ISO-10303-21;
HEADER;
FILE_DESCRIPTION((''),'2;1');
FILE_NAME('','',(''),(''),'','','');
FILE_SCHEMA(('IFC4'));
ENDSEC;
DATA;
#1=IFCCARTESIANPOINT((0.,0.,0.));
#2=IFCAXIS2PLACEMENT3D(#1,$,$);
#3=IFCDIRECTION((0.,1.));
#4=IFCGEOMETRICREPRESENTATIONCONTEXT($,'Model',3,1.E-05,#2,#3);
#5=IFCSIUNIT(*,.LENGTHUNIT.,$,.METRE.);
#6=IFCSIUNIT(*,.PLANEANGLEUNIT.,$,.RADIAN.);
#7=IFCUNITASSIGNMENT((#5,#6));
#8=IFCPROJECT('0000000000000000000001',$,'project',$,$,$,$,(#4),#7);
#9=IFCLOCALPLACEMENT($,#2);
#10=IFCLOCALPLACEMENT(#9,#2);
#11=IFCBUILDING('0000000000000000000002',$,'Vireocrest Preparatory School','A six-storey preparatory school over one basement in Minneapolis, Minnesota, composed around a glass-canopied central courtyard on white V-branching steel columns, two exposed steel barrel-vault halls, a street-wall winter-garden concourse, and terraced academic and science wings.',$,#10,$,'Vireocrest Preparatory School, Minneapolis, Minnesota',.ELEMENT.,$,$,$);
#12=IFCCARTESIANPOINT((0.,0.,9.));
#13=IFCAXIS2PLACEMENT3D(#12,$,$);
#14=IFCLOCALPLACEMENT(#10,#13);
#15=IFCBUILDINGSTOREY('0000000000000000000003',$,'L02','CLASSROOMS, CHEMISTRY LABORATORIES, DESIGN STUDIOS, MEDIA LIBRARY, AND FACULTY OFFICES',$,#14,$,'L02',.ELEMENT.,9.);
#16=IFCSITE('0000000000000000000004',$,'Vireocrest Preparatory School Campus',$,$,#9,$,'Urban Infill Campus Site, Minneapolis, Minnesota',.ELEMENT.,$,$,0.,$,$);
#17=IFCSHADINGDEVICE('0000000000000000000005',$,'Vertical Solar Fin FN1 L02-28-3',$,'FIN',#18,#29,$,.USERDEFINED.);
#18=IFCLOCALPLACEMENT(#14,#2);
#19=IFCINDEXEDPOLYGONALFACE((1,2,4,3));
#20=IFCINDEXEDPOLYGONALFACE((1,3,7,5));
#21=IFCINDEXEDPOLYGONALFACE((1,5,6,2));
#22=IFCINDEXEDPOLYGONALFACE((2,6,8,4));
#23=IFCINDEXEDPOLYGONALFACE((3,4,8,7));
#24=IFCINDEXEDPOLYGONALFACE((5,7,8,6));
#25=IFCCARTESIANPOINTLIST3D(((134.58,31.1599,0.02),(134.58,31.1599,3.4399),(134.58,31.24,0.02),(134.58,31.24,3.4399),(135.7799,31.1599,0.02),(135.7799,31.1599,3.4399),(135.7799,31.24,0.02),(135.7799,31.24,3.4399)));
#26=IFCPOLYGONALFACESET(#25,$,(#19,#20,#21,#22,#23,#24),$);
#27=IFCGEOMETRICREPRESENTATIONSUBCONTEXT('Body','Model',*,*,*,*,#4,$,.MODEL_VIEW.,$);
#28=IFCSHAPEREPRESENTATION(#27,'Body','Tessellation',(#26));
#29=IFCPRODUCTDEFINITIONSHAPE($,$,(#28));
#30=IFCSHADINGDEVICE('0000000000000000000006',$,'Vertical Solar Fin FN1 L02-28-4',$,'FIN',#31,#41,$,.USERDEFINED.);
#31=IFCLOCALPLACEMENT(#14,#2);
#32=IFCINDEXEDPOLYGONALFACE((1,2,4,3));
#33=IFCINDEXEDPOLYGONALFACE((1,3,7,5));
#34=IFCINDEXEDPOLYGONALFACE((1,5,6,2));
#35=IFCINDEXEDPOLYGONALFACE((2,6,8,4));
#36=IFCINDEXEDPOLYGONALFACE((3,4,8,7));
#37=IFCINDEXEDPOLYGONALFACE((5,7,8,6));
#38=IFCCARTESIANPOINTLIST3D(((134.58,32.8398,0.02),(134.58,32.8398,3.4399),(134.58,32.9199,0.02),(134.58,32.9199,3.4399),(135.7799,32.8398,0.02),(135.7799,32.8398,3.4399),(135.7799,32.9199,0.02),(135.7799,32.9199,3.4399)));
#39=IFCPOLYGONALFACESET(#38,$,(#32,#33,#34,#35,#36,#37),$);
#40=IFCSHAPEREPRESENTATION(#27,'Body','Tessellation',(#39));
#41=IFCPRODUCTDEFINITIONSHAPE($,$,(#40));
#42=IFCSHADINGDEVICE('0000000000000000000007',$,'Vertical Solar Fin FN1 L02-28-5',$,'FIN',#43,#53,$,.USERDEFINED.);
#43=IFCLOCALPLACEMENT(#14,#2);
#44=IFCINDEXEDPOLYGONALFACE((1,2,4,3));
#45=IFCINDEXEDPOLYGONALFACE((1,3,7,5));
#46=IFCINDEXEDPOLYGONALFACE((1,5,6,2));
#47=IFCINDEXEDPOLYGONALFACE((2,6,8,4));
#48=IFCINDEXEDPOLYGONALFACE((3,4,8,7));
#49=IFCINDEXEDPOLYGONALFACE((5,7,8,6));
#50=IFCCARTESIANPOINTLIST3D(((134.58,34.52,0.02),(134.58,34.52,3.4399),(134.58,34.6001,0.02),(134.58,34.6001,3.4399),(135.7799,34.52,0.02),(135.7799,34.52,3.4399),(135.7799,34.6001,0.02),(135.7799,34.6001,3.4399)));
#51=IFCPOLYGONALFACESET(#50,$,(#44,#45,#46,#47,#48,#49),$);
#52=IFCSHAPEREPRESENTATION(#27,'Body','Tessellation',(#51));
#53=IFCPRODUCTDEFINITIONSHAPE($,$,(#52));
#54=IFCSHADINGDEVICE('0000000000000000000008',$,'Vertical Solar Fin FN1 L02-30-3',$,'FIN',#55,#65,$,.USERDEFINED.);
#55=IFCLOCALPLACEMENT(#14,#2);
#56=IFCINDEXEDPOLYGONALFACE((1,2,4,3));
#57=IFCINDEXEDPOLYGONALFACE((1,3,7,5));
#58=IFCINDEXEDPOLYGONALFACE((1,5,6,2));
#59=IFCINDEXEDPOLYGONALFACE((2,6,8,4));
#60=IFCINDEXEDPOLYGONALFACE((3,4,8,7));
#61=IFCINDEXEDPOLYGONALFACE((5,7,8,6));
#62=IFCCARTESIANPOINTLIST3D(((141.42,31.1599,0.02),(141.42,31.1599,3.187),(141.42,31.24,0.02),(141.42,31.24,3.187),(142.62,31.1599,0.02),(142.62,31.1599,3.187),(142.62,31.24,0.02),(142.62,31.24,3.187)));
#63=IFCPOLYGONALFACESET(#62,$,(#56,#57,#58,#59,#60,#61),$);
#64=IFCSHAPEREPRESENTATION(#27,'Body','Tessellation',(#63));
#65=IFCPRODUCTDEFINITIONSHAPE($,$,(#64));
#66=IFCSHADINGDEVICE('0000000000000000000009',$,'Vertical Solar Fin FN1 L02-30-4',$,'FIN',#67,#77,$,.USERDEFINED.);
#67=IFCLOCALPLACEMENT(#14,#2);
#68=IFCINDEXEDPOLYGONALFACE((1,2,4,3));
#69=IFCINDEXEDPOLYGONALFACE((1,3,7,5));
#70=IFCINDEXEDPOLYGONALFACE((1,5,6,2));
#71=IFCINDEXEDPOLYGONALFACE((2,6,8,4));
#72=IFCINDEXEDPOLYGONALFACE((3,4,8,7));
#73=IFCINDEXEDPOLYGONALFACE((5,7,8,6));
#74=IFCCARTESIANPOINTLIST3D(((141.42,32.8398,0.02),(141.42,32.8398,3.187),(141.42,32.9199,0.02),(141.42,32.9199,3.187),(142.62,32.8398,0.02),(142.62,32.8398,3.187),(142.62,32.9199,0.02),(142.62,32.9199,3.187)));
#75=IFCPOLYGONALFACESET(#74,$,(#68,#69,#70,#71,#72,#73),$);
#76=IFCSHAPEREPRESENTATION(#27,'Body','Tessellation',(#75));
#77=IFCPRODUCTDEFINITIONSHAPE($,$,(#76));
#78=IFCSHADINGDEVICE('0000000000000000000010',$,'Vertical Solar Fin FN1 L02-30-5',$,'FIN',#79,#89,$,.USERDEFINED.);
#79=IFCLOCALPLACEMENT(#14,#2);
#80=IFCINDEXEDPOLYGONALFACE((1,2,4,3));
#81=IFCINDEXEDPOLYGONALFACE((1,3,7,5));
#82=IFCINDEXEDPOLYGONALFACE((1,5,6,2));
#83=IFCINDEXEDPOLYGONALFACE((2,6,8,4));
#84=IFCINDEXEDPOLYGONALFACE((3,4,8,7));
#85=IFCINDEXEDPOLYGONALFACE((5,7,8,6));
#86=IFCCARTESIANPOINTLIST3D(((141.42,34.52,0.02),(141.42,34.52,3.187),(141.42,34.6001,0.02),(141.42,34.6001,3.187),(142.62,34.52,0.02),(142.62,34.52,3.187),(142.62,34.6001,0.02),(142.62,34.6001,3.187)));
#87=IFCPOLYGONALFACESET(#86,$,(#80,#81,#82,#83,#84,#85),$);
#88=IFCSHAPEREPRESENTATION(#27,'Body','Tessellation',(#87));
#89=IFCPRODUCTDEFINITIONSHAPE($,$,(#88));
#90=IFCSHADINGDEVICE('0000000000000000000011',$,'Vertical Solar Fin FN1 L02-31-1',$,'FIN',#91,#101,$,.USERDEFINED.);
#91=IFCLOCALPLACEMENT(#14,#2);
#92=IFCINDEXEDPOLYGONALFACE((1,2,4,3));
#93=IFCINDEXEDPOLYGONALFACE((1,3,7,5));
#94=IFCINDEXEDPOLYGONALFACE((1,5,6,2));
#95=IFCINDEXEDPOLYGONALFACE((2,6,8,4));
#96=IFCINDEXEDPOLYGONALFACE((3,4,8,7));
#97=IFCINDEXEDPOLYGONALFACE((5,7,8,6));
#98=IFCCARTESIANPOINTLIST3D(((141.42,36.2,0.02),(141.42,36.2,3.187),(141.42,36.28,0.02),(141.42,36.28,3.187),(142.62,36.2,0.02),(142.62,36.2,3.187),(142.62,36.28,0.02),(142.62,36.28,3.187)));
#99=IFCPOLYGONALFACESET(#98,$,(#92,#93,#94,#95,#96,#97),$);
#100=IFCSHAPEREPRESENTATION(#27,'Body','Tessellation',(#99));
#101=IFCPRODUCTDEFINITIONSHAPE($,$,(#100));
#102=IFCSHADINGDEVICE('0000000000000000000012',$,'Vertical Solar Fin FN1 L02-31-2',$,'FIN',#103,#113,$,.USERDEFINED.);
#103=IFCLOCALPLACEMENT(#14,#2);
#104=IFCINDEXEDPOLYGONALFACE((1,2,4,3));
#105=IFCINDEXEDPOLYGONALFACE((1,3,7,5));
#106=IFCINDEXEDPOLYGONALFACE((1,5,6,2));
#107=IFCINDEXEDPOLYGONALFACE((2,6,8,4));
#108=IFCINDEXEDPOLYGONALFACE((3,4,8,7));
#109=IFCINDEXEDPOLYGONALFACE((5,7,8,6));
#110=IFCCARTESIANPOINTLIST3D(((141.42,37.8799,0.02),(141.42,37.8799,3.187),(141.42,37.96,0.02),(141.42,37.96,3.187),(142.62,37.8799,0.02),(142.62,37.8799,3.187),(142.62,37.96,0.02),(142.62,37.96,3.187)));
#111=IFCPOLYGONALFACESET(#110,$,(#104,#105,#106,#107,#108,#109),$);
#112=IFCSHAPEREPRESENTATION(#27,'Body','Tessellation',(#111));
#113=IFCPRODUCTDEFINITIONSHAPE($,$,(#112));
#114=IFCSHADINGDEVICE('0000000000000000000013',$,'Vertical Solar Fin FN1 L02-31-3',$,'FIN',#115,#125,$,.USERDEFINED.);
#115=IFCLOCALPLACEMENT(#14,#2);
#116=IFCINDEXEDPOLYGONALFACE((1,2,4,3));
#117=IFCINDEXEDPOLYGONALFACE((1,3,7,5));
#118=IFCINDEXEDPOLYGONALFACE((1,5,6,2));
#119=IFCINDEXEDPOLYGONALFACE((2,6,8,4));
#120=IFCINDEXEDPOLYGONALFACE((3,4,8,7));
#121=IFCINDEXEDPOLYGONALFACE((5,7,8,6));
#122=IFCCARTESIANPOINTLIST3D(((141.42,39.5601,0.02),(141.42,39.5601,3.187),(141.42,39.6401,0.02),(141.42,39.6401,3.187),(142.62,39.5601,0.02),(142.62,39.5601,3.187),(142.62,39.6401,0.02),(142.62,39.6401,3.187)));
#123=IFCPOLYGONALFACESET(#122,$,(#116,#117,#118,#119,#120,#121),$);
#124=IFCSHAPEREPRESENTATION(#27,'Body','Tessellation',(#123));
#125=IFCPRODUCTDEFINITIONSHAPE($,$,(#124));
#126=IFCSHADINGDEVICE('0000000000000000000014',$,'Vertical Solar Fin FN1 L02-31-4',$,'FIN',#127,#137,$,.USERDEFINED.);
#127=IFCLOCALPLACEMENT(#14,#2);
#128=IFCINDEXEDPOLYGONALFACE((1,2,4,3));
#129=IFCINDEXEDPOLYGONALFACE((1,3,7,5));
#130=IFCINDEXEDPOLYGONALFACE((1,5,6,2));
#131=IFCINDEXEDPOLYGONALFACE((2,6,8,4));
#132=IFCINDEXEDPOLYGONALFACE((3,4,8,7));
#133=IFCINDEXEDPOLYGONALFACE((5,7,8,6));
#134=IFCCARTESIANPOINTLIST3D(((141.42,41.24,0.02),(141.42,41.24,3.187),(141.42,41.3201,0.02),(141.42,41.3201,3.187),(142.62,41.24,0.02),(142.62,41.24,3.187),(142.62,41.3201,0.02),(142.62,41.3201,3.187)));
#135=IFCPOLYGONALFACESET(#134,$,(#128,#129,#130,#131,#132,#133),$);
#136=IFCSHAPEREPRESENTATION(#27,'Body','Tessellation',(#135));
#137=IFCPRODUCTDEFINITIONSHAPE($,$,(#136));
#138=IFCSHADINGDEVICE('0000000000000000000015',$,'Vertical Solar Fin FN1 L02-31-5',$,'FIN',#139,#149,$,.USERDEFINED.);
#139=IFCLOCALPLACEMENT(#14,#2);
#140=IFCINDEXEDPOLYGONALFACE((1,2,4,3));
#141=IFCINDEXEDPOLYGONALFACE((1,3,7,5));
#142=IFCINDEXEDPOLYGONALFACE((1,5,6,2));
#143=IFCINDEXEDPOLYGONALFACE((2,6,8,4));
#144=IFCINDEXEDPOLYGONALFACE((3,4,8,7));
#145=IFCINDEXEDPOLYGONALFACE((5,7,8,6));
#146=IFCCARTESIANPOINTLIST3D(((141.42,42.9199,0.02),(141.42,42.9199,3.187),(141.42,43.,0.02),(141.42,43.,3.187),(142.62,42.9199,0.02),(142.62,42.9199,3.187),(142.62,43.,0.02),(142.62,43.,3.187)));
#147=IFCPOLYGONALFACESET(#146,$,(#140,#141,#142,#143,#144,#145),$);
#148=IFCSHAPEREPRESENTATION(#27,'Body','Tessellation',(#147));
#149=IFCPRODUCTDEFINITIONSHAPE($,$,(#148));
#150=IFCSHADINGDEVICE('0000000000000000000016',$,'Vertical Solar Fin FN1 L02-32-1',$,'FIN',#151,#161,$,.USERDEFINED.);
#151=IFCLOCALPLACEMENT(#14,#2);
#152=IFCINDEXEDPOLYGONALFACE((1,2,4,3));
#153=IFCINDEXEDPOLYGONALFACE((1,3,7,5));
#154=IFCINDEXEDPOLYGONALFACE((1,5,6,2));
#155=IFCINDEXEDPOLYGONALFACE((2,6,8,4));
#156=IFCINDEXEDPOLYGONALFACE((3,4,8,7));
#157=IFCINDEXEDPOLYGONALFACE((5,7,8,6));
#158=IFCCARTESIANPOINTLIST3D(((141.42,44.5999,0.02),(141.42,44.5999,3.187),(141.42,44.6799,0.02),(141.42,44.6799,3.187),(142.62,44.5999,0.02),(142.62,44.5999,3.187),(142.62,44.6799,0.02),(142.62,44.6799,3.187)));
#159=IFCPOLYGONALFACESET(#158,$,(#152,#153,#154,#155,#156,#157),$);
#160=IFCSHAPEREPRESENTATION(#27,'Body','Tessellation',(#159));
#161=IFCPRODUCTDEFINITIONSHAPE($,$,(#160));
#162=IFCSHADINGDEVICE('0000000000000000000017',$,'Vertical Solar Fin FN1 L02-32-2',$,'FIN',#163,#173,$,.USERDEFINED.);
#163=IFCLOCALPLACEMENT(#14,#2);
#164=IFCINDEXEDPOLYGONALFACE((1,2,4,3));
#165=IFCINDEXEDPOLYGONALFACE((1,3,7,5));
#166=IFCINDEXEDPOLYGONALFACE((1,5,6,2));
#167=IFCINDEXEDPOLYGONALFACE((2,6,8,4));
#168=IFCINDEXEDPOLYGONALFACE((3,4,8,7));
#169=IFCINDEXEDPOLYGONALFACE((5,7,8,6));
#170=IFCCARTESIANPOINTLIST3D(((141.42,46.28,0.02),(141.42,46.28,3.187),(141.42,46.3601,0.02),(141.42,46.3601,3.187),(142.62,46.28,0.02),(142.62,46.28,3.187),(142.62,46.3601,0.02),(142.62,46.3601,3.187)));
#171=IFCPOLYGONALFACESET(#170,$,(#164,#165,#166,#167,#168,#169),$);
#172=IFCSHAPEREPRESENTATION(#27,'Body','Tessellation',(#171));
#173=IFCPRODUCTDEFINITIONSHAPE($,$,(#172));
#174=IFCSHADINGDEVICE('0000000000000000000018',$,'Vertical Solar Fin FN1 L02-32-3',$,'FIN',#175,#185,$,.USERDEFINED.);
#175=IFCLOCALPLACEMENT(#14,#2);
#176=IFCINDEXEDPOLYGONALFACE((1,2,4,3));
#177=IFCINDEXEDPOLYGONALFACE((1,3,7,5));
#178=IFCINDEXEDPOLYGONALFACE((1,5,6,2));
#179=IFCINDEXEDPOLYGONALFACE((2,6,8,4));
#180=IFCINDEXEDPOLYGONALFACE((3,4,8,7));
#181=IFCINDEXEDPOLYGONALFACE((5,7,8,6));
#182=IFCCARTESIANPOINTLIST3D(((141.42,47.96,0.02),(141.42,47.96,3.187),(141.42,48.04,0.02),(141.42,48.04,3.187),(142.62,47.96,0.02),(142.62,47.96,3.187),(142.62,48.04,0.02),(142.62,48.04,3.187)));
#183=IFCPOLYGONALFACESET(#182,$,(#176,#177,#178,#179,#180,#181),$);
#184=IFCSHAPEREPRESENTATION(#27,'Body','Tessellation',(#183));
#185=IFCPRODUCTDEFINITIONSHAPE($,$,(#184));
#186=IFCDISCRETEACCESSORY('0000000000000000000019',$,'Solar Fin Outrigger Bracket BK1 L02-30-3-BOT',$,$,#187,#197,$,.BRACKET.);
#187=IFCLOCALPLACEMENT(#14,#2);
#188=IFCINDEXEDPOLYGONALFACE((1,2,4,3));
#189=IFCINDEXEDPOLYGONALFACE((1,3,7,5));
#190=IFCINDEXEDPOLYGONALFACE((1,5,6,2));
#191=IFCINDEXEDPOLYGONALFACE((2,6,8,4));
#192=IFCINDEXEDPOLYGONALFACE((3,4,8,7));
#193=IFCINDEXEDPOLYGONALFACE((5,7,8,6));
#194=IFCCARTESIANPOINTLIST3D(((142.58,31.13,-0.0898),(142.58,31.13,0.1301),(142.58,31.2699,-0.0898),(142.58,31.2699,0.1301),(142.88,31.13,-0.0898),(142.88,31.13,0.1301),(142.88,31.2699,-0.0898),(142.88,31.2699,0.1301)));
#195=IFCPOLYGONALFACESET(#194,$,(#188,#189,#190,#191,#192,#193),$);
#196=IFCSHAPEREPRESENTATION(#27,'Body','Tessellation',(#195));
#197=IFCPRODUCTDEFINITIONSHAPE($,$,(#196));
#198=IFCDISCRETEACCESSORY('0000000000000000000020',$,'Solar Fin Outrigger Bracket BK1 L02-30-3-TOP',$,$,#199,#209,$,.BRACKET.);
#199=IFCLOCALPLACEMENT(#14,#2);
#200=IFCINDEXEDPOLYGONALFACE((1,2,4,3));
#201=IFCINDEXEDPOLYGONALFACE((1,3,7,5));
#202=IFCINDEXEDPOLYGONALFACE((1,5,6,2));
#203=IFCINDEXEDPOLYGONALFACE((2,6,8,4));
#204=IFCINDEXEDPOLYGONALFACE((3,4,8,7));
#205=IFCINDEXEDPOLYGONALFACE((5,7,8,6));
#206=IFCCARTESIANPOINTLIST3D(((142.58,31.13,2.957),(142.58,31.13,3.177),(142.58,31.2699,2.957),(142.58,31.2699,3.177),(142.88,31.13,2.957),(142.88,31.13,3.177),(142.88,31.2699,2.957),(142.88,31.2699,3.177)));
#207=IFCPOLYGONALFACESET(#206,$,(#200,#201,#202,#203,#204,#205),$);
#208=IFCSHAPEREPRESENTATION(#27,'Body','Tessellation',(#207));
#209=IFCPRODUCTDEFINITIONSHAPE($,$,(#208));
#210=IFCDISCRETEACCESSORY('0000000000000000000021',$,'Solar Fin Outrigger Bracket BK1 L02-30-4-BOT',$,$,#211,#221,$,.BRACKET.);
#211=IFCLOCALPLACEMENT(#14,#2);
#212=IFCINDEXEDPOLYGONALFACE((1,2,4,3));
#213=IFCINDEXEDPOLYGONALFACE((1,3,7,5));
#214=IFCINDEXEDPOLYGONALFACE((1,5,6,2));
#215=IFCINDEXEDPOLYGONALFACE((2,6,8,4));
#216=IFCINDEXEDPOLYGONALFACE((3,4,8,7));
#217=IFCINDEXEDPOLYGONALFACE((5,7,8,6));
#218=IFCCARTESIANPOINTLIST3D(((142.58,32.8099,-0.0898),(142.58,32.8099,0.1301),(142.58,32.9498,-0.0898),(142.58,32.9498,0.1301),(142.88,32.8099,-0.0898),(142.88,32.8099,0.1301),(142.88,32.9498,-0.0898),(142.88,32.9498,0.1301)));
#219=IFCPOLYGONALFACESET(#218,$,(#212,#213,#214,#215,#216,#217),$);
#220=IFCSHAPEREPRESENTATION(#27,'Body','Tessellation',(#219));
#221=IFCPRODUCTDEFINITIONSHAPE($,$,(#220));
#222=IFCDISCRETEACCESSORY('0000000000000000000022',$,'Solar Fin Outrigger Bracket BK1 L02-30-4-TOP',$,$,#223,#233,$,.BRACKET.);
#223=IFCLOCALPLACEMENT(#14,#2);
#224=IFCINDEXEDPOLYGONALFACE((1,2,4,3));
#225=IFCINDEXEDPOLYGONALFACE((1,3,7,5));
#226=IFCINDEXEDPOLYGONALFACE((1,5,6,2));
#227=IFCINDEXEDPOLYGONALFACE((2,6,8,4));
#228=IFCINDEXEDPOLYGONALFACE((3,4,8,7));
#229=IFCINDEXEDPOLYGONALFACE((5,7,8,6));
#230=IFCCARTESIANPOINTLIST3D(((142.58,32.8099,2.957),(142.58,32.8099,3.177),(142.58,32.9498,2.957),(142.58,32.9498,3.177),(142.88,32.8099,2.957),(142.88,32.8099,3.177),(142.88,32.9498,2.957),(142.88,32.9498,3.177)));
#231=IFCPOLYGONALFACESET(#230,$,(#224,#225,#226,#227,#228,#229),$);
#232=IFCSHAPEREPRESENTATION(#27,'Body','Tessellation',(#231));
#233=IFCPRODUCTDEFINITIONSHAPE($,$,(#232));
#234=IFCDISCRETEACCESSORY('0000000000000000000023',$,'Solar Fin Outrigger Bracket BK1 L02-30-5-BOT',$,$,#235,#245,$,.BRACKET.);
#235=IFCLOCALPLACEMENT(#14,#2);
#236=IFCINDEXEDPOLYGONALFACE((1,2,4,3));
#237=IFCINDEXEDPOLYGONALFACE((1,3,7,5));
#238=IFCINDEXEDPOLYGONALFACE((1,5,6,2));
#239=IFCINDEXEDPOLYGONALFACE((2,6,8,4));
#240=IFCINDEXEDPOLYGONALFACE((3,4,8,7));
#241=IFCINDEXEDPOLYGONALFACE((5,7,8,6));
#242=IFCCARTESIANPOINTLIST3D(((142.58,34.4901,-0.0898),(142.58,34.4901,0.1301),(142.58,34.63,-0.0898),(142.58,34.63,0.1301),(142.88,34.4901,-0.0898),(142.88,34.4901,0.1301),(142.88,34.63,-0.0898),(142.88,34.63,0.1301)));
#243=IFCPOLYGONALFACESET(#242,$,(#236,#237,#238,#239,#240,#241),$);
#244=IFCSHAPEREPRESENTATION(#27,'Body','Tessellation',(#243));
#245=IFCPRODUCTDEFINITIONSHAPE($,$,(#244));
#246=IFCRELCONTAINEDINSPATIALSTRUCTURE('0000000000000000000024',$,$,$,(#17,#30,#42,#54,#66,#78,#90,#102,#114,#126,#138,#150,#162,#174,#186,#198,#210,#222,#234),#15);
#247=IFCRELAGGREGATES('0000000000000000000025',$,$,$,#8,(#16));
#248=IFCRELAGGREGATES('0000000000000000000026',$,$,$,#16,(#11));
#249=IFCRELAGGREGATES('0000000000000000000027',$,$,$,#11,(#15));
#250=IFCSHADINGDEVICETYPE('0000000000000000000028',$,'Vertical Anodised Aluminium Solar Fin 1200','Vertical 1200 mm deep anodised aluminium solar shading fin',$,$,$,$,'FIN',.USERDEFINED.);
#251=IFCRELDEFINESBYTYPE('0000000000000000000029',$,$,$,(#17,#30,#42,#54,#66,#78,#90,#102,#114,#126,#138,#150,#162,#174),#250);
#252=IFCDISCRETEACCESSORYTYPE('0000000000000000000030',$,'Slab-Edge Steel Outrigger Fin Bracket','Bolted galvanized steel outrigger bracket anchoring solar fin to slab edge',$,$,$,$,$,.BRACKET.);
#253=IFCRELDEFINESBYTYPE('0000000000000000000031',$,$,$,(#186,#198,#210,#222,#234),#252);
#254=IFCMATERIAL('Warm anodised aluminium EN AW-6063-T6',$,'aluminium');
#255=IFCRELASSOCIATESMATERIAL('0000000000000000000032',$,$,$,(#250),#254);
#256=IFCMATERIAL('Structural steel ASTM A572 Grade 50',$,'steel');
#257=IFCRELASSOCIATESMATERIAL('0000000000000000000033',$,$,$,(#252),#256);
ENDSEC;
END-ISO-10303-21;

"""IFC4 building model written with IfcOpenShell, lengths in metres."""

from ifc_helpers import new_model, si_unit, direction, frame, origin, origin_2d, place, context, subcontext, project, spatial, rectangle, extrude, material, material_profile, profile_set, type_object, element, save


model = new_model("IFC4")

# Units and contexts
model_context = context("Model", 3, precision=1e-05, world=origin(), true_north=direction((0.0, 1.0)))
body_context = subcontext(model_context, "Body", "Model", "MODEL_VIEW")
ifc_project = project(units=[si_unit("LENGTHUNIT", "METRE"), si_unit("PLANEANGLEUNIT", "RADIAN")], contexts=[model_context])

# Site, building, storey
site_placement = place(None, origin())
site = spatial("IfcSite", under=ifc_project, at=site_placement, Name="Vireocrest Preparatory School Campus", LongName="Urban Infill Campus Site, Minneapolis, Minnesota", CompositionType="ELEMENT", RefElevation=0.0)
building_placement = place(site_placement, origin())
building = spatial("IfcBuilding", under=site, at=building_placement, Name="Vireocrest Preparatory School", Description="A six-storey preparatory school over one basement in Minneapolis, Minnesota, composed around a glass-canopied central courtyard on white V-branching steel columns, two exposed steel barrel-vault halls, a street-wall winter-garden concourse, and terraced academic and science wings.", LongName="Vireocrest Preparatory School, Minneapolis, Minnesota", CompositionType="ELEMENT")
storey_placement = place(building_placement, frame((0.0, 0.0, 9.0)))
storey = spatial("IfcBuildingStorey", under=building, at=storey_placement, Name="L02", Description="CLASSROOMS, CHEMISTRY LABORATORIES, DESIGN STUDIOS, MEDIA LIBRARY, AND FACULTY OFFICES", LongName="L02", CompositionType="ELEMENT", Elevation=9.0)

# Shading devices
ifc_material_1 = material(Name="Warm anodised aluminium EN AW-6063-T6", Category="aluminium")
ifc_material_profile = material_profile(ifc_material_1, rectangle(XDim=0.0801, YDim=1.2, at=origin_2d()), Name="FIN 80x1200")
ifc_profile_set = profile_set([ifc_material_profile], Name="Warm anodised aluminium EN AW-6063-T6")
shading_device_type = type_object("IfcShadingDeviceType", Name="Vertical Anodised Aluminium Solar Fin 1200", Description="Vertical 1200 mm deep anodised aluminium solar shading fin", ElementType="FIN", PredefinedType="USERDEFINED", material=ifc_profile_set)
for number, where, z_axis, x_axis, name in (
    (1, (135.1799, 31.2, 0.02), (0.0, 0.0, 1.0), (0.0, -1.0, 0.0), "Vertical Solar Fin FN1 L02-28-3"),
    (2, (135.1799, 32.8799, 0.02), (0.0, 0.0, 1.0), (0.0, -1.0, 0.0), "Vertical Solar Fin FN1 L02-28-4"),
    (3, (135.1799, 34.5601, 0.02), (0.0, 0.0, 1.0), (0.0, -1.0, 0.0), "Vertical Solar Fin FN1 L02-28-5"),
):
    element("IfcShadingDevice", number, at=place(storey_placement, frame(where, z_axis=z_axis, x_axis=x_axis)), inside=storey, type_object=shading_device_type, Name=name, ObjectType="FIN", PredefinedType="USERDEFINED", context=body_context, shape_type="SweptSolid", body=[
        extrude(rectangle(XDim=0.0801, YDim=1.2, at=origin_2d()), origin(), (0.0, 0.0, 1.0), 3.4199),
    ])
for number, where, z_axis, x_axis, name in (
    (4, (142.02, 31.2, 0.02), (0.0, 0.0, 1.0), (0.0, 1.0, 0.0), "Vertical Solar Fin FN1 L02-30-3"),
    (5, (142.02, 32.8799, 0.02), (0.0, 0.0, 1.0), (0.0, 1.0, 0.0), "Vertical Solar Fin FN1 L02-30-4"),
    (6, (142.02, 34.5601, 0.02), (0.0, 0.0, 1.0), (0.0, 1.0, 0.0), "Vertical Solar Fin FN1 L02-30-5"),
    (7, (142.02, 36.24, 0.02), (0.0, 0.0, 1.0), (0.0, 1.0, 0.0), "Vertical Solar Fin FN1 L02-31-1"),
    (8, (142.02, 37.9199, 0.02), (0.0, 0.0, 1.0), (0.0, 1.0, 0.0), "Vertical Solar Fin FN1 L02-31-2"),
    (9, (142.02, 39.6001, 0.02), (0.0, 0.0, 1.0), (0.0, 1.0, 0.0), "Vertical Solar Fin FN1 L02-31-3"),
    (10, (142.02, 41.28, 0.02), (0.0, 0.0, 1.0), (0.0, 1.0, 0.0), "Vertical Solar Fin FN1 L02-31-4"),
    (11, (142.02, 42.96, 0.02), (0.0, 0.0, 1.0), (0.0, 1.0, 0.0), "Vertical Solar Fin FN1 L02-31-5"),
    (12, (142.02, 44.6399, 0.02), (0.0, 0.0, 1.0), (0.0, 1.0, 0.0), "Vertical Solar Fin FN1 L02-32-1"),
    (13, (142.02, 46.3201, 0.02), (0.0, 0.0, 1.0), (0.0, 1.0, 0.0), "Vertical Solar Fin FN1 L02-32-2"),
    (14, (142.02, 48.0, 0.02), (0.0, 0.0, 1.0), (0.0, 1.0, 0.0), "Vertical Solar Fin FN1 L02-32-3"),
):
    element("IfcShadingDevice", number, at=place(storey_placement, frame(where, z_axis=z_axis, x_axis=x_axis)), inside=storey, type_object=shading_device_type, Name=name, ObjectType="FIN", PredefinedType="USERDEFINED", context=body_context, shape_type="SweptSolid", body=[
        extrude(rectangle(XDim=0.0801, YDim=1.2, at=origin_2d()), origin(), (0.0, 0.0, 1.0), 3.167),
    ])

# Discrete accessories
ifc_material_2 = material(Name="Structural steel ASTM A572 Grade 50", Category="steel")
discrete_accessory_type = type_object("IfcDiscreteAccessoryType", Name="Slab-Edge Steel Outrigger Fin Bracket", Description="Bolted galvanized steel outrigger bracket anchoring solar fin to slab edge", PredefinedType="BRACKET", material=ifc_material_2)
for number, where, z_axis, x_axis, name in (
    (15, (142.73, 31.2, -0.0898), (0.0, 0.0, 1.0), (0.0, 1.0, 0.0), "Solar Fin Outrigger Bracket BK1 L02-30-3-BOT"),
    (16, (142.73, 31.2, 2.957), (0.0, 0.0, 1.0), (0.0, 1.0, 0.0), "Solar Fin Outrigger Bracket BK1 L02-30-3-TOP"),
    (17, (142.73, 32.8799, -0.0898), (0.0, 0.0, 1.0), (0.0, 1.0, 0.0), "Solar Fin Outrigger Bracket BK1 L02-30-4-BOT"),
    (18, (142.73, 32.8799, 2.957), (0.0, 0.0, 1.0), (0.0, 1.0, 0.0), "Solar Fin Outrigger Bracket BK1 L02-30-4-TOP"),
    (19, (142.73, 34.5601, -0.0898), (0.0, 0.0, 1.0), (0.0, 1.0, 0.0), "Solar Fin Outrigger Bracket BK1 L02-30-5-BOT"),
):
    element("IfcDiscreteAccessory", number, at=place(storey_placement, frame(where, z_axis=z_axis, x_axis=x_axis)), inside=storey, type_object=discrete_accessory_type, Name=name, PredefinedType="BRACKET", context=body_context, shape_type="SweptSolid", body=[
        extrude(rectangle(XDim=0.1399, YDim=0.3, at=origin_2d()), origin(), (0.0, 0.0, 1.0), 0.22),
    ])

save(model, "model.ifc")
